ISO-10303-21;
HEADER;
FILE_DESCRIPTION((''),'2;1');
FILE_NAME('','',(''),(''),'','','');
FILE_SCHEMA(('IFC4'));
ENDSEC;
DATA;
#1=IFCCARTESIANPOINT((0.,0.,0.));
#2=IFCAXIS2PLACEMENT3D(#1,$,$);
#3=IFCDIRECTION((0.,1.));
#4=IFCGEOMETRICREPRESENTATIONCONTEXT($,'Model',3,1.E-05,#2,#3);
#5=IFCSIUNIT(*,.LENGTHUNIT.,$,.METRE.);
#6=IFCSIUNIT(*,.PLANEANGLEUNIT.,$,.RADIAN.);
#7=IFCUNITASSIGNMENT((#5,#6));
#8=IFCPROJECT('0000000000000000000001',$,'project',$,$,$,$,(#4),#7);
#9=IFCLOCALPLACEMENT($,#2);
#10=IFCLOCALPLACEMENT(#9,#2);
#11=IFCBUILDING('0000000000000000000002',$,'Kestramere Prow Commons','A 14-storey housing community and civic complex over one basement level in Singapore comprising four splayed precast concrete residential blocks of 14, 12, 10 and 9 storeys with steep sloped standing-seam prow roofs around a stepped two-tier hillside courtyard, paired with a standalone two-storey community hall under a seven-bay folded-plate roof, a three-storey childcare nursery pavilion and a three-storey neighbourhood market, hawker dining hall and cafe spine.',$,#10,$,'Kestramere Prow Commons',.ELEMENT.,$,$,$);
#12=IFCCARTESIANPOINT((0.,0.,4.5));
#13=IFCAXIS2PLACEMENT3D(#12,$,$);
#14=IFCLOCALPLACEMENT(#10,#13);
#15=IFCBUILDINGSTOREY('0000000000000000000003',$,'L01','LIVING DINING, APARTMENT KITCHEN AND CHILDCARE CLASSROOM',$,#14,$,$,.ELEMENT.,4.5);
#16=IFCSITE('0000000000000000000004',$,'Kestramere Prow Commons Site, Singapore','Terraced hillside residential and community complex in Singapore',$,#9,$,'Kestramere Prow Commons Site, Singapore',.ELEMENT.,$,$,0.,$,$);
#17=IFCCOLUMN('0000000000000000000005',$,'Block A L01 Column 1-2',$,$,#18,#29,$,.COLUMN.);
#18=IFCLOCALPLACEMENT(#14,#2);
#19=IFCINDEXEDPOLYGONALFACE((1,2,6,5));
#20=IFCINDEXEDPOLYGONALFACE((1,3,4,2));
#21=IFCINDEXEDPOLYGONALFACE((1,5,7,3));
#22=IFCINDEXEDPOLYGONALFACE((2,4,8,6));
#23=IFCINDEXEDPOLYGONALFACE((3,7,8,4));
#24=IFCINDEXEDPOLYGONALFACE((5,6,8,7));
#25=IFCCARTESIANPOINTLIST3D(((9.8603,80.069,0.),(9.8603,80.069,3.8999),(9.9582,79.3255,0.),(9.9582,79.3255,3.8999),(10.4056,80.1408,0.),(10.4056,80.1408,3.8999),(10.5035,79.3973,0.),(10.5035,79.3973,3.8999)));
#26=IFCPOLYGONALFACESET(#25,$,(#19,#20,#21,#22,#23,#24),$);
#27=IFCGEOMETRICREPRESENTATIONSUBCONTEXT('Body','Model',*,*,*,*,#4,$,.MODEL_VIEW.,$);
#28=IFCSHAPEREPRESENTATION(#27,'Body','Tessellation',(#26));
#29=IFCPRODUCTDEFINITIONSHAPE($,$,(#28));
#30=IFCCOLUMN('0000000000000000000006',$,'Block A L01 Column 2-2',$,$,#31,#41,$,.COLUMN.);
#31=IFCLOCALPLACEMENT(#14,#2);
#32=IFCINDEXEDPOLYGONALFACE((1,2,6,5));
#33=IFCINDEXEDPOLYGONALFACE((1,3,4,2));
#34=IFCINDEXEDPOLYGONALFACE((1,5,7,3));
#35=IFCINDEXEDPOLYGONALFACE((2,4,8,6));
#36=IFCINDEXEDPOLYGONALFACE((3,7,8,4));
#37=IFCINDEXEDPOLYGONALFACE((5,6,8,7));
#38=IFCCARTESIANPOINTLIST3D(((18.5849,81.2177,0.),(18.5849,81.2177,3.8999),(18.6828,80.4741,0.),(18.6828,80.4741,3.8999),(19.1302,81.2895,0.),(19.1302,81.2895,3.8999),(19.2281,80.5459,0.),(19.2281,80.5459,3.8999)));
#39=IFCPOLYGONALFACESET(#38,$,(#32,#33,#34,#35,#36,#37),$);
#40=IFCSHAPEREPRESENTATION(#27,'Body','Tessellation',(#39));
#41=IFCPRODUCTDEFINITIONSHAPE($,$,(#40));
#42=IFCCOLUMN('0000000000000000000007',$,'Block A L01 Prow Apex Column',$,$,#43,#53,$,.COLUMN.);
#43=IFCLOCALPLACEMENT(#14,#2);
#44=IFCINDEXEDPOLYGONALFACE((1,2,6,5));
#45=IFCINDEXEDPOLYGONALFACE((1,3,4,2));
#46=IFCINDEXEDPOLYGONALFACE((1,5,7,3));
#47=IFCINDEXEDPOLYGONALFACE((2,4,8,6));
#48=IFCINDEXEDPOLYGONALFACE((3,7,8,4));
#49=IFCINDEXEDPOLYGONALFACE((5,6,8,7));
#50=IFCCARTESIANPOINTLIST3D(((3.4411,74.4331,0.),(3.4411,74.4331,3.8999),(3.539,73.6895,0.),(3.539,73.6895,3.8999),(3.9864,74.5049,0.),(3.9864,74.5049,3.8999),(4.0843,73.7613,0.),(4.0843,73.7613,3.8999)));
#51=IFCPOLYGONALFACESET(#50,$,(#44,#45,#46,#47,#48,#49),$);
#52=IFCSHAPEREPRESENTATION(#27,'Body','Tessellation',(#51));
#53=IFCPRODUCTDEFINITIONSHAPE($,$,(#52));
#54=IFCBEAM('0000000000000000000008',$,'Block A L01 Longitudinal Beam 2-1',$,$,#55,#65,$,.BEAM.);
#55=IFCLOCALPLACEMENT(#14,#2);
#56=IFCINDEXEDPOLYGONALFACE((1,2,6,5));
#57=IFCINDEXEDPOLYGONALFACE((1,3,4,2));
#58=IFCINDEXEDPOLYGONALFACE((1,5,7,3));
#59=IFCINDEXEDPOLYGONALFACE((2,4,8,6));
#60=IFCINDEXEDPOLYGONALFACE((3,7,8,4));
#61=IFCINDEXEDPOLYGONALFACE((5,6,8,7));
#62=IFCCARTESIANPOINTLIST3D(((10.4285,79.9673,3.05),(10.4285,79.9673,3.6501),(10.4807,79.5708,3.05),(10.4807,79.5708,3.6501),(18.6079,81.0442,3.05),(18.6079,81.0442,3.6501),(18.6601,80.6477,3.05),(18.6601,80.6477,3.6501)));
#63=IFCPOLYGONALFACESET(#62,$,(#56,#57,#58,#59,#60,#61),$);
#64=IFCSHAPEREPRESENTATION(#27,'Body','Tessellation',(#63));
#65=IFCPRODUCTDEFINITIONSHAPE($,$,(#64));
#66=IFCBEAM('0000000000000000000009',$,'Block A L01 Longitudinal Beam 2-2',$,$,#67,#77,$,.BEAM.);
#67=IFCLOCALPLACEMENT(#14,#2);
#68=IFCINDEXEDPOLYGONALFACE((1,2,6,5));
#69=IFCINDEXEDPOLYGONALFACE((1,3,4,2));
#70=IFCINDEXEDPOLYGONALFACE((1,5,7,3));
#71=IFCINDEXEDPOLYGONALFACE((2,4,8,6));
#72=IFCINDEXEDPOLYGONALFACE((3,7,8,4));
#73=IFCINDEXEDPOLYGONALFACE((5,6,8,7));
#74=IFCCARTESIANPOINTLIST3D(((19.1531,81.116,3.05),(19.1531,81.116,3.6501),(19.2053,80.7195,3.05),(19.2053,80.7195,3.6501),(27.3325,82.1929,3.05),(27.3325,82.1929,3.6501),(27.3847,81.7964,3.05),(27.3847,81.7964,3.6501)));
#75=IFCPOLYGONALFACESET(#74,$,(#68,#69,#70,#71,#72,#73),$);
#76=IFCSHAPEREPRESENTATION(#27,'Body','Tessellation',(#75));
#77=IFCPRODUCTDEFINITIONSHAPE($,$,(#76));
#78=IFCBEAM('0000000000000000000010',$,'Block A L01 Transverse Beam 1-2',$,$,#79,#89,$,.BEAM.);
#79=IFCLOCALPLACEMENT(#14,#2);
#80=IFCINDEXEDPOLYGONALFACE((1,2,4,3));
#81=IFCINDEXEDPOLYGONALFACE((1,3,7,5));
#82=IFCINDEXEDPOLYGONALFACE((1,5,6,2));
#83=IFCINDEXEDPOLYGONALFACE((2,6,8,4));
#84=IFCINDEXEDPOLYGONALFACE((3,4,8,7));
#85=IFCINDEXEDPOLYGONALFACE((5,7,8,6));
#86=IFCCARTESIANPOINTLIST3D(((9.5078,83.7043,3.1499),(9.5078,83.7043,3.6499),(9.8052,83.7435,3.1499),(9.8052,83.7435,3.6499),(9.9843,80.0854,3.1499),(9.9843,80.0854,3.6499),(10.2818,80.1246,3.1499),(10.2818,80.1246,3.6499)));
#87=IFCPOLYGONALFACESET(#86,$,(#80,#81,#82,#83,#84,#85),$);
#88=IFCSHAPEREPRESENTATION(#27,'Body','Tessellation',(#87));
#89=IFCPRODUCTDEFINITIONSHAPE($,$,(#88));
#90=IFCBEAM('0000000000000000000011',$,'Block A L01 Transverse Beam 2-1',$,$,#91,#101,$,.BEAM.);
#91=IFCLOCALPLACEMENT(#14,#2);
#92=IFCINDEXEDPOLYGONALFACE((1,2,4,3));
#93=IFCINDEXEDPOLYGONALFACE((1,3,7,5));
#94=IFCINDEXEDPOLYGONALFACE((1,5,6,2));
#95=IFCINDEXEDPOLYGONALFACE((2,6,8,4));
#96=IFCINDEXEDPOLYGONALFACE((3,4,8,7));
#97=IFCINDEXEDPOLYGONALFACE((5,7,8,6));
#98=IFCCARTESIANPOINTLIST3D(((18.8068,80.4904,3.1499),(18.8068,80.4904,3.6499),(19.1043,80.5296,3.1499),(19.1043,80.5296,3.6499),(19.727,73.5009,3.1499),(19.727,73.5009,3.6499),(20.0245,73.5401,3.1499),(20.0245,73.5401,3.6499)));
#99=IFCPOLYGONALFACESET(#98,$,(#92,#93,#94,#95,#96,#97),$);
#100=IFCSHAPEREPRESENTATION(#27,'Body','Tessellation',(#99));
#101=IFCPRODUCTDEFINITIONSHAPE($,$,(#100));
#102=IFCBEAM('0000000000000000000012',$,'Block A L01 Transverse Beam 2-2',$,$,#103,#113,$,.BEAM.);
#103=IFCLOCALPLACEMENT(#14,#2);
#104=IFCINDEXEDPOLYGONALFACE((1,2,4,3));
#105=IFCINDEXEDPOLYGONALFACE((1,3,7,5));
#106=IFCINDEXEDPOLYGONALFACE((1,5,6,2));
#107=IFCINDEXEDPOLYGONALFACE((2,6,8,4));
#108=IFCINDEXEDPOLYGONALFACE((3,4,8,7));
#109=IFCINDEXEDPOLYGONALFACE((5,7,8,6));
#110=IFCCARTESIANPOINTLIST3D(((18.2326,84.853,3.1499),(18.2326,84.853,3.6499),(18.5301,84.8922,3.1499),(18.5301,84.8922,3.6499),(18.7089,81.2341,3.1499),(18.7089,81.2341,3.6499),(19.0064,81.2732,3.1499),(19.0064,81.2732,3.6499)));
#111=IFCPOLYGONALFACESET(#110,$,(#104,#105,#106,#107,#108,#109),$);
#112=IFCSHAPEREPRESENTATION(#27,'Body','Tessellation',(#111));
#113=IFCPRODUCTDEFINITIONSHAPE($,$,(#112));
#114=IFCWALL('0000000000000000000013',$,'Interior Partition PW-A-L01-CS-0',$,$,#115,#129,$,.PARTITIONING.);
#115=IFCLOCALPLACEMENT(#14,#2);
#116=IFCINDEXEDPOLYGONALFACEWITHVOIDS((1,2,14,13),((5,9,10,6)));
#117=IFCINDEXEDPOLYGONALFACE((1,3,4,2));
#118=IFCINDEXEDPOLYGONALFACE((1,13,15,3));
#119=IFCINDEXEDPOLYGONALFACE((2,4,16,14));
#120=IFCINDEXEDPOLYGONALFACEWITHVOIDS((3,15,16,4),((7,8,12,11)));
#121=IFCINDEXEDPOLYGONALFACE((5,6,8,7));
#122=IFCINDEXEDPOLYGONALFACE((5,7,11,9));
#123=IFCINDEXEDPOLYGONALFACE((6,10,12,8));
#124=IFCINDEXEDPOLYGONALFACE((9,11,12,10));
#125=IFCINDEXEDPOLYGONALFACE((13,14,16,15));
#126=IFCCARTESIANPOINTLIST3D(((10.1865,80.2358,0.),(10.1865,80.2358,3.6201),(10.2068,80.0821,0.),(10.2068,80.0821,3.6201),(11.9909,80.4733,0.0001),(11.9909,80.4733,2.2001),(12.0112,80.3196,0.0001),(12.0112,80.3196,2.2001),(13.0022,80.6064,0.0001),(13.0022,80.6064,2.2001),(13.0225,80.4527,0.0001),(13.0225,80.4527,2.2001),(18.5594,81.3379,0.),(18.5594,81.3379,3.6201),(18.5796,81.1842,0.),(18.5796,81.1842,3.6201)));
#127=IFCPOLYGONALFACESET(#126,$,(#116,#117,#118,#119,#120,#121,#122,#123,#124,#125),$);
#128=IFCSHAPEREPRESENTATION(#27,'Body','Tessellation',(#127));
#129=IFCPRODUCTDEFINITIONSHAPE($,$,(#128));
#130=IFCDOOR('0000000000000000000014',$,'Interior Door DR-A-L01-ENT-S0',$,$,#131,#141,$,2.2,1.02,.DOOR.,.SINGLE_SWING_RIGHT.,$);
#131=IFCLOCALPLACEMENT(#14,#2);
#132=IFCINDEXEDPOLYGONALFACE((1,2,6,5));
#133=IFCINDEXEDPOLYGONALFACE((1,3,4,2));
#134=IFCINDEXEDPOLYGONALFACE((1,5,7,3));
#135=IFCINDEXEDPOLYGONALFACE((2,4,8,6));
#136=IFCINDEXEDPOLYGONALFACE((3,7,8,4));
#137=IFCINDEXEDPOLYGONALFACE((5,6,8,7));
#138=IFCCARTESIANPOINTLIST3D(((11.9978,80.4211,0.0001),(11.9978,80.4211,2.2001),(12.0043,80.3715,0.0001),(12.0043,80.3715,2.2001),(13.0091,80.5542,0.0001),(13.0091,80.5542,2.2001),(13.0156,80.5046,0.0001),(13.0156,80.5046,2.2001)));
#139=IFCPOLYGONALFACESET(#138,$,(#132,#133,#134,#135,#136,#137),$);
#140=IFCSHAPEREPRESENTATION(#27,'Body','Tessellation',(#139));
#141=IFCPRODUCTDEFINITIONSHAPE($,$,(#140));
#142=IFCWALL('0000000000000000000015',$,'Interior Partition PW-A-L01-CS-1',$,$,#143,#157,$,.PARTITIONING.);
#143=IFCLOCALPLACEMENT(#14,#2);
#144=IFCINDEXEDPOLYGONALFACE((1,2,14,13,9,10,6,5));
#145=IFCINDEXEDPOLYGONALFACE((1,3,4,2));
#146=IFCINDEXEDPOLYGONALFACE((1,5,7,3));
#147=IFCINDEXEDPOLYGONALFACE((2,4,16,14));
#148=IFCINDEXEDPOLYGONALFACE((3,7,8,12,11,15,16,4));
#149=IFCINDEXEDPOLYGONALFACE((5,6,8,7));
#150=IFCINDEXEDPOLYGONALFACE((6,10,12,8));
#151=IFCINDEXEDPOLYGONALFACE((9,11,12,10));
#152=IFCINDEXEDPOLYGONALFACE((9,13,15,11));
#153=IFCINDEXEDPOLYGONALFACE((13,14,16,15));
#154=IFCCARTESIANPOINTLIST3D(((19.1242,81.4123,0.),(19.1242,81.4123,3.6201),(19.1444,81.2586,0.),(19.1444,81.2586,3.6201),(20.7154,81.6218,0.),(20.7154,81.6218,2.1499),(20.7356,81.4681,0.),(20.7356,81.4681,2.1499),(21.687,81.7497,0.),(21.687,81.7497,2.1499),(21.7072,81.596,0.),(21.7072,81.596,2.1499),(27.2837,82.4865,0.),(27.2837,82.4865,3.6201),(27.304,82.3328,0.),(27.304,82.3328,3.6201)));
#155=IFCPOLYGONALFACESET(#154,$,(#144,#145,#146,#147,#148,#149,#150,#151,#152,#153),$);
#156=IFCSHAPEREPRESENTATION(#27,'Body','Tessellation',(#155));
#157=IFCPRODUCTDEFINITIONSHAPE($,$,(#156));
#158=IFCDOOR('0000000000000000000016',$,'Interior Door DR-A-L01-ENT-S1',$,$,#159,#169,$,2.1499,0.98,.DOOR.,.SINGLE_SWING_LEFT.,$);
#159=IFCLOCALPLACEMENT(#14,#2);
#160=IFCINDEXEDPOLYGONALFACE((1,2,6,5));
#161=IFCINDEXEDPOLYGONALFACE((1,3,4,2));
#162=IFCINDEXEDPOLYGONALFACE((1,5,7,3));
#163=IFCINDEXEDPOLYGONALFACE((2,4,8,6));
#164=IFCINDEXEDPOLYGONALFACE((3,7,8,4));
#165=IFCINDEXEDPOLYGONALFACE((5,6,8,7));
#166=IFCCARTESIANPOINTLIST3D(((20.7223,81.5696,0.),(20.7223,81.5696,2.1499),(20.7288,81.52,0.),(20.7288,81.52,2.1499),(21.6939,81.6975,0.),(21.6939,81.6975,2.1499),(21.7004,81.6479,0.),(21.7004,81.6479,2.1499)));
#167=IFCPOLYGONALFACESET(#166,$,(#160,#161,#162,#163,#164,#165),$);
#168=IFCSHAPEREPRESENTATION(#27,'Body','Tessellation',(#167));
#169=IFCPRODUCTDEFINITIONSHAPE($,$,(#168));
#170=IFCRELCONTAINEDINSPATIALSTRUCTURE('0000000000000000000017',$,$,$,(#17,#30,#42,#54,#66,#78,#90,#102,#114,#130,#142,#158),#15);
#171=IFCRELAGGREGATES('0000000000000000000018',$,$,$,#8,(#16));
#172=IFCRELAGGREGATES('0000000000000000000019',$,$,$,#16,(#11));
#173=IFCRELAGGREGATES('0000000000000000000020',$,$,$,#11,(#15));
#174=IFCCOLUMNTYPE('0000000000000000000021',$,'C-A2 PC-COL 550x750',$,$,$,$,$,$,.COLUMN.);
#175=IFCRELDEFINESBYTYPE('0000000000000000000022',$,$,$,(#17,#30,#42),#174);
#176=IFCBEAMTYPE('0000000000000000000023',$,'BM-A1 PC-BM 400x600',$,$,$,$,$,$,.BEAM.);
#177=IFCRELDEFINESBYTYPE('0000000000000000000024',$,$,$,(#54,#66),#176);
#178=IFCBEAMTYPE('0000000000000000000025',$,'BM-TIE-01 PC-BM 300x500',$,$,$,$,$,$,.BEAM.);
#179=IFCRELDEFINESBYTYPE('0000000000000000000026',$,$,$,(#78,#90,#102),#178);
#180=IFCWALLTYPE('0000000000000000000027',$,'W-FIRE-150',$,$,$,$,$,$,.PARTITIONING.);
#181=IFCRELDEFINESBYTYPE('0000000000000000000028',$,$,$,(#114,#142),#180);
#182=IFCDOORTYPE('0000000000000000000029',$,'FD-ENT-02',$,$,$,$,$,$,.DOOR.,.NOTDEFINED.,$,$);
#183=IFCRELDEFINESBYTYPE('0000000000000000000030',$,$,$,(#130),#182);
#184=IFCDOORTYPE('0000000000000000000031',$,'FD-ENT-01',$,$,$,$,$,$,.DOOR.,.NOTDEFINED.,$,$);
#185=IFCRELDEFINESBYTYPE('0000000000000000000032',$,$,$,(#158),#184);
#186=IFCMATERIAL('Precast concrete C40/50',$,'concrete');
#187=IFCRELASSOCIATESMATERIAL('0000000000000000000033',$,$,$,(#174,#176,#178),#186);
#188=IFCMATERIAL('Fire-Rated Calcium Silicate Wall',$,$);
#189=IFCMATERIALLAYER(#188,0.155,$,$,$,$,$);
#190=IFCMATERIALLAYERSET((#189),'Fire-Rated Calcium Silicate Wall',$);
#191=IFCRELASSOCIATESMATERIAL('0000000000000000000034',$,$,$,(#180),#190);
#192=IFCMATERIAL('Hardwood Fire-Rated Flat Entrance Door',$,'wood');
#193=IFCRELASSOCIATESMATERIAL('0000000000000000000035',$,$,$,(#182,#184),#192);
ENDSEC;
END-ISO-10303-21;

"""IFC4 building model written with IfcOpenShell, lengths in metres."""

from ifc_helpers import new_model, si_unit, direction, frame, frame_2d, origin, origin_2d, place, context, subcontext, project, spatial, rectangle, extrude, material, layer, layer_set, material_profile, profile_set, type_object, element, fill, save


model = new_model("IFC4")

# Units and contexts
model_context = context("Model", 3, precision=1e-05, world=origin(), true_north=direction((0.0, 1.0)))
body_context = subcontext(model_context, "Body", "Model", "MODEL_VIEW")
ifc_project = project(units=[si_unit("LENGTHUNIT", "METRE"), si_unit("PLANEANGLEUNIT", "RADIAN")], contexts=[model_context])

# Site, building, storey
site_placement = place(None, origin())
site = spatial("IfcSite", under=ifc_project, at=site_placement, Name="Kestramere Prow Commons Site, Singapore", Description="Terraced hillside residential and community complex in Singapore", LongName="Kestramere Prow Commons Site, Singapore", CompositionType="ELEMENT", RefElevation=0.0)
building_placement = place(site_placement, origin())
building = spatial("IfcBuilding", under=site, at=building_placement, Name="Kestramere Prow Commons", Description="A 14-storey housing community and civic complex over one basement level in Singapore comprising four splayed precast concrete residential blocks of 14, 12, 10 and 9 storeys with steep sloped standing-seam prow roofs around a stepped two-tier hillside courtyard, paired with a standalone two-storey community hall under a seven-bay folded-plate roof, a three-storey childcare nursery pavilion and a three-storey neighbourhood market, hawker dining hall and cafe spine.", LongName="Kestramere Prow Commons", CompositionType="ELEMENT")
storey_placement = place(building_placement, frame((0.0, 0.0, 4.5)))
storey = spatial("IfcBuildingStorey", under=building, at=storey_placement, Name="L01", Description="LIVING DINING, APARTMENT KITCHEN AND CHILDCARE CLASSROOM", CompositionType="ELEMENT", Elevation=4.5)

# Columns
ifc_material_1 = material(Name="Precast concrete C40/50", Category="concrete")
ifc_material_profile_1 = material_profile(ifc_material_1, rectangle(XDim=0.55, YDim=0.75, at=origin_2d()), Name="PC-COL 550x750")
ifc_profile_set_1 = profile_set([ifc_material_profile_1], Name="Precast concrete C40/50")
column_type = type_object("IfcColumnType", Name="C-A2 PC-COL 550x750", PredefinedType="COLUMN", material=ifc_profile_set_1)
for number, where, z_axis, x_axis, name in (
    (1, (10.1819, 79.7332, 0.0), (0.0, 0.0, 1.0), (0.991445, 0.130526, 0.0), "Block A L01 Column 1-2"),
    (2, (18.9065, 80.8818, 0.0), (0.0, 0.0, 1.0), (0.991445, 0.130526, 0.0), "Block A L01 Column 2-2"),
    (3, (3.7627, 74.0972, 0.0), (0.0, 0.0, 1.0), (0.991445, 0.130526, 0.0), "Block A L01 Prow Apex Column"),
):
    element("IfcColumn", number, at=place(storey_placement, frame(where, z_axis=z_axis, x_axis=x_axis)), inside=storey, type_object=column_type, Name=name, PredefinedType="COLUMN", context=body_context, shape_type="SweptSolid", body=[
        extrude(rectangle(XDim=0.55, YDim=0.75, at=origin_2d()), origin(), (0.0, 0.0, 1.0), 3.8999),
    ])

# Beams
ifc_material_profile_2 = material_profile(ifc_material_1, rectangle(XDim=0.3999, YDim=0.6001, at=origin_2d()), Name="PC-BM 400x600")
ifc_profile_set_2 = profile_set([ifc_material_profile_2], Name="Precast concrete C40/50")
beam_type_1 = type_object("IfcBeamType", Name="BM-A1 PC-BM 400x600", PredefinedType="BEAM", material=ifc_profile_set_2)
for number, where, z_axis, x_axis, name in (
    (4, (10.4546, 79.769, 3.3501), (0.991444, 0.130533, 0.0), (-0.130533, 0.991444, 0.0), "Block A L01 Longitudinal Beam 2-1"),
    (5, (19.1792, 80.9177, 3.3501), (0.991444, 0.130533, 0.0), (-0.130533, 0.991444, 0.0), "Block A L01 Longitudinal Beam 2-2"),
):
    element("IfcBeam", number, at=place(storey_placement, frame(where, z_axis=z_axis, x_axis=x_axis)), inside=storey, type_object=beam_type_1, Name=name, PredefinedType="BEAM", context=body_context, shape_type="SweptSolid", body=[
        extrude(rectangle(XDim=0.3999, YDim=0.6001, at=origin_2d()), origin(), (0.0, 0.0, 1.0), 8.25),
    ])
ifc_material_profile_3 = material_profile(ifc_material_1, rectangle(XDim=0.3, YDim=0.5, at=origin_2d()), Name="PC-BM 300x500")
ifc_profile_set_3 = profile_set([ifc_material_profile_3], Name="Precast concrete C40/50")
beam_type_2 = type_object("IfcBeamType", Name="BM-TIE-01 PC-BM 300x500", PredefinedType="BEAM", material=ifc_profile_set_3)
beam_1_placement = place(storey_placement, frame((10.1331, 80.105, 3.3999), z_axis=(-0.13056, 0.99144, 0.0), x_axis=(-0.99144, -0.13056, 0.0)))
element("IfcBeam", 6, at=beam_1_placement, inside=storey, type_object=beam_type_2, Name="Block A L01 Transverse Beam 1-2", PredefinedType="BEAM", context=body_context, shape_type="SweptSolid", body=[
    extrude(rectangle(XDim=0.3, YDim=0.5, at=origin_2d()), origin(), (0.0, 0.0, 1.0), 3.6501),
])
beam_2_placement = place(storey_placement, frame((19.8757, 73.5205, 3.3999), z_axis=(-0.130523, 0.991445, 0.0), x_axis=(-0.991445, -0.130523, 0.0)))
element("IfcBeam", 7, at=beam_2_placement, inside=storey, type_object=beam_type_2, Name="Block A L01 Transverse Beam 2-1", PredefinedType="BEAM", context=body_context, shape_type="SweptSolid", body=[
    extrude(rectangle(XDim=0.3, YDim=0.5, at=origin_2d()), origin(), (0.0, 0.0, 1.0), 7.0498),
])
beam_3_placement = place(storey_placement, frame((18.8577, 81.2537, 3.3999), z_axis=(-0.130494, 0.991449, 0.0), x_axis=(-0.991449, -0.130494, 0.0)))
element("IfcBeam", 8, at=beam_3_placement, inside=storey, type_object=beam_type_2, Name="Block A L01 Transverse Beam 2-2", PredefinedType="BEAM", context=body_context, shape_type="SweptSolid", body=[
    extrude(rectangle(XDim=0.3, YDim=0.5, at=origin_2d()), origin(), (0.0, 0.0, 1.0), 3.6501),
])

# Walls, openings, doors
ifc_material_2 = material(Name="Fire-Rated Calcium Silicate Wall")
ifc_layer_1 = layer(ifc_material_2, 0.155)
ifc_layer_set_1 = layer_set([ifc_layer_1], Name="Fire-Rated Calcium Silicate Wall")
wall_type_1 = type_object("IfcWallType", Name="W-FIRE-150", PredefinedType="PARTITIONING", material=ifc_layer_set_1)
wall_1_placement = place(storey_placement, frame((10.1965, 80.1589, 0.0), z_axis=(0.0, 0.0, 1.0), x_axis=(0.991449, 0.130497, 0.0)))
wall_1 = element("IfcWall", 9, at=wall_1_placement, inside=storey, type_object=wall_type_1, Name="Interior Partition PW-A-L01-CS-0", PredefinedType="PARTITIONING", context=body_context, shape_type="SweptSolid", body=[
    extrude(rectangle(XDim=8.4451, YDim=0.155, at=frame_2d((4.2227, 0.0))), origin(), (0.0, 0.0, 1.0), 3.6201),
])
opening_1_placement = place(wall_1_placement, frame((1.8201, 0.0, 0.0)))
opening_1 = element("IfcOpeningElement", 10, at=opening_1_placement, cuts=wall_1, PredefinedType="OPENING", context=body_context, shape_type="SweptSolid", body=[
    extrude(rectangle(XDim=1.02, YDim=2.2, at=frame_2d((0.51, 1.1001))), frame((0.0, 0.0925, 0.0), z_axis=(0.0, -1.0, 0.0), x_axis=(1.0, 0.0, 0.0)), (0.0, 0.0, 1.0), 0.1851),
])
ifc_material_3 = material(Name="Hardwood Fire-Rated Flat Entrance Door", Category="wood")
door_type_1 = type_object("IfcDoorType", Name="FD-ENT-02", OperationType="NOTDEFINED", PredefinedType="DOOR", material=ifc_material_3)
door_1_placement = place(opening_1_placement, origin())
door_1 = element("IfcDoor", 11, at=door_1_placement, inside=storey, type_object=door_type_1, Name="Interior Door DR-A-L01-ENT-S0", OperationType="SINGLE_SWING_RIGHT", OverallHeight=2.2, OverallWidth=1.02, PredefinedType="DOOR", context=body_context, shape_type="SweptSolid", body=[
    extrude(rectangle(XDim=1.02, YDim=2.2, at=frame_2d((0.51, 1.1001))), frame((0.0, 0.0249, 0.0), z_axis=(0.0, -1.0, 0.0), x_axis=(1.0, 0.0, 0.0)), (0.0, 0.0, 1.0), 0.05),
])
fill(opening_1, door_1)
wall_2_placement = place(storey_placement, frame((19.1343, 81.3354, 0.0), z_axis=(0.0, 0.0, 1.0), x_axis=(0.991445, 0.130524, 0.0)))
wall_2 = element("IfcWall", 12, at=wall_2_placement, inside=storey, type_object=wall_type_1, Name="Interior Partition PW-A-L01-CS-1", PredefinedType="PARTITIONING", context=body_context, shape_type="SweptSolid", body=[
    extrude(rectangle(XDim=8.23, YDim=0.155, at=frame_2d((4.115, 0.0))), origin(), (0.0, 0.0, 1.0), 3.6201),
])
opening_2_placement = place(wall_2_placement, frame((1.605, 0.0, 0.0)))
opening_2 = element("IfcOpeningElement", 13, at=opening_2_placement, cuts=wall_2, PredefinedType="OPENING", context=body_context, shape_type="SweptSolid", body=[
    extrude(rectangle(XDim=0.98, YDim=2.1499, at=frame_2d((0.49, 1.075))), frame((0.0, 0.0925, 0.0), z_axis=(0.0, -1.0, 0.0), x_axis=(1.0, 0.0, 0.0)), (0.0, 0.0, 1.0), 0.1851),
])
door_type_2 = type_object("IfcDoorType", Name="FD-ENT-01", OperationType="NOTDEFINED", PredefinedType="DOOR", material=ifc_material_3)
door_2_placement = place(opening_2_placement, origin())
door_2 = element("IfcDoor", 14, at=door_2_placement, inside=storey, type_object=door_type_2, Name="Interior Door DR-A-L01-ENT-S1", OperationType="SINGLE_SWING_LEFT", OverallHeight=2.1499, OverallWidth=0.98, PredefinedType="DOOR", context=body_context, shape_type="SweptSolid", body=[
    extrude(rectangle(XDim=0.98, YDim=2.1499, at=frame_2d((0.49, 1.075))), frame((0.0, 0.0249, 0.0), z_axis=(0.0, -1.0, 0.0), x_axis=(1.0, 0.0, 0.0)), (0.0, 0.0, 1.0), 0.05),
])
fill(opening_2, door_2)

save(model, "model.ifc")
